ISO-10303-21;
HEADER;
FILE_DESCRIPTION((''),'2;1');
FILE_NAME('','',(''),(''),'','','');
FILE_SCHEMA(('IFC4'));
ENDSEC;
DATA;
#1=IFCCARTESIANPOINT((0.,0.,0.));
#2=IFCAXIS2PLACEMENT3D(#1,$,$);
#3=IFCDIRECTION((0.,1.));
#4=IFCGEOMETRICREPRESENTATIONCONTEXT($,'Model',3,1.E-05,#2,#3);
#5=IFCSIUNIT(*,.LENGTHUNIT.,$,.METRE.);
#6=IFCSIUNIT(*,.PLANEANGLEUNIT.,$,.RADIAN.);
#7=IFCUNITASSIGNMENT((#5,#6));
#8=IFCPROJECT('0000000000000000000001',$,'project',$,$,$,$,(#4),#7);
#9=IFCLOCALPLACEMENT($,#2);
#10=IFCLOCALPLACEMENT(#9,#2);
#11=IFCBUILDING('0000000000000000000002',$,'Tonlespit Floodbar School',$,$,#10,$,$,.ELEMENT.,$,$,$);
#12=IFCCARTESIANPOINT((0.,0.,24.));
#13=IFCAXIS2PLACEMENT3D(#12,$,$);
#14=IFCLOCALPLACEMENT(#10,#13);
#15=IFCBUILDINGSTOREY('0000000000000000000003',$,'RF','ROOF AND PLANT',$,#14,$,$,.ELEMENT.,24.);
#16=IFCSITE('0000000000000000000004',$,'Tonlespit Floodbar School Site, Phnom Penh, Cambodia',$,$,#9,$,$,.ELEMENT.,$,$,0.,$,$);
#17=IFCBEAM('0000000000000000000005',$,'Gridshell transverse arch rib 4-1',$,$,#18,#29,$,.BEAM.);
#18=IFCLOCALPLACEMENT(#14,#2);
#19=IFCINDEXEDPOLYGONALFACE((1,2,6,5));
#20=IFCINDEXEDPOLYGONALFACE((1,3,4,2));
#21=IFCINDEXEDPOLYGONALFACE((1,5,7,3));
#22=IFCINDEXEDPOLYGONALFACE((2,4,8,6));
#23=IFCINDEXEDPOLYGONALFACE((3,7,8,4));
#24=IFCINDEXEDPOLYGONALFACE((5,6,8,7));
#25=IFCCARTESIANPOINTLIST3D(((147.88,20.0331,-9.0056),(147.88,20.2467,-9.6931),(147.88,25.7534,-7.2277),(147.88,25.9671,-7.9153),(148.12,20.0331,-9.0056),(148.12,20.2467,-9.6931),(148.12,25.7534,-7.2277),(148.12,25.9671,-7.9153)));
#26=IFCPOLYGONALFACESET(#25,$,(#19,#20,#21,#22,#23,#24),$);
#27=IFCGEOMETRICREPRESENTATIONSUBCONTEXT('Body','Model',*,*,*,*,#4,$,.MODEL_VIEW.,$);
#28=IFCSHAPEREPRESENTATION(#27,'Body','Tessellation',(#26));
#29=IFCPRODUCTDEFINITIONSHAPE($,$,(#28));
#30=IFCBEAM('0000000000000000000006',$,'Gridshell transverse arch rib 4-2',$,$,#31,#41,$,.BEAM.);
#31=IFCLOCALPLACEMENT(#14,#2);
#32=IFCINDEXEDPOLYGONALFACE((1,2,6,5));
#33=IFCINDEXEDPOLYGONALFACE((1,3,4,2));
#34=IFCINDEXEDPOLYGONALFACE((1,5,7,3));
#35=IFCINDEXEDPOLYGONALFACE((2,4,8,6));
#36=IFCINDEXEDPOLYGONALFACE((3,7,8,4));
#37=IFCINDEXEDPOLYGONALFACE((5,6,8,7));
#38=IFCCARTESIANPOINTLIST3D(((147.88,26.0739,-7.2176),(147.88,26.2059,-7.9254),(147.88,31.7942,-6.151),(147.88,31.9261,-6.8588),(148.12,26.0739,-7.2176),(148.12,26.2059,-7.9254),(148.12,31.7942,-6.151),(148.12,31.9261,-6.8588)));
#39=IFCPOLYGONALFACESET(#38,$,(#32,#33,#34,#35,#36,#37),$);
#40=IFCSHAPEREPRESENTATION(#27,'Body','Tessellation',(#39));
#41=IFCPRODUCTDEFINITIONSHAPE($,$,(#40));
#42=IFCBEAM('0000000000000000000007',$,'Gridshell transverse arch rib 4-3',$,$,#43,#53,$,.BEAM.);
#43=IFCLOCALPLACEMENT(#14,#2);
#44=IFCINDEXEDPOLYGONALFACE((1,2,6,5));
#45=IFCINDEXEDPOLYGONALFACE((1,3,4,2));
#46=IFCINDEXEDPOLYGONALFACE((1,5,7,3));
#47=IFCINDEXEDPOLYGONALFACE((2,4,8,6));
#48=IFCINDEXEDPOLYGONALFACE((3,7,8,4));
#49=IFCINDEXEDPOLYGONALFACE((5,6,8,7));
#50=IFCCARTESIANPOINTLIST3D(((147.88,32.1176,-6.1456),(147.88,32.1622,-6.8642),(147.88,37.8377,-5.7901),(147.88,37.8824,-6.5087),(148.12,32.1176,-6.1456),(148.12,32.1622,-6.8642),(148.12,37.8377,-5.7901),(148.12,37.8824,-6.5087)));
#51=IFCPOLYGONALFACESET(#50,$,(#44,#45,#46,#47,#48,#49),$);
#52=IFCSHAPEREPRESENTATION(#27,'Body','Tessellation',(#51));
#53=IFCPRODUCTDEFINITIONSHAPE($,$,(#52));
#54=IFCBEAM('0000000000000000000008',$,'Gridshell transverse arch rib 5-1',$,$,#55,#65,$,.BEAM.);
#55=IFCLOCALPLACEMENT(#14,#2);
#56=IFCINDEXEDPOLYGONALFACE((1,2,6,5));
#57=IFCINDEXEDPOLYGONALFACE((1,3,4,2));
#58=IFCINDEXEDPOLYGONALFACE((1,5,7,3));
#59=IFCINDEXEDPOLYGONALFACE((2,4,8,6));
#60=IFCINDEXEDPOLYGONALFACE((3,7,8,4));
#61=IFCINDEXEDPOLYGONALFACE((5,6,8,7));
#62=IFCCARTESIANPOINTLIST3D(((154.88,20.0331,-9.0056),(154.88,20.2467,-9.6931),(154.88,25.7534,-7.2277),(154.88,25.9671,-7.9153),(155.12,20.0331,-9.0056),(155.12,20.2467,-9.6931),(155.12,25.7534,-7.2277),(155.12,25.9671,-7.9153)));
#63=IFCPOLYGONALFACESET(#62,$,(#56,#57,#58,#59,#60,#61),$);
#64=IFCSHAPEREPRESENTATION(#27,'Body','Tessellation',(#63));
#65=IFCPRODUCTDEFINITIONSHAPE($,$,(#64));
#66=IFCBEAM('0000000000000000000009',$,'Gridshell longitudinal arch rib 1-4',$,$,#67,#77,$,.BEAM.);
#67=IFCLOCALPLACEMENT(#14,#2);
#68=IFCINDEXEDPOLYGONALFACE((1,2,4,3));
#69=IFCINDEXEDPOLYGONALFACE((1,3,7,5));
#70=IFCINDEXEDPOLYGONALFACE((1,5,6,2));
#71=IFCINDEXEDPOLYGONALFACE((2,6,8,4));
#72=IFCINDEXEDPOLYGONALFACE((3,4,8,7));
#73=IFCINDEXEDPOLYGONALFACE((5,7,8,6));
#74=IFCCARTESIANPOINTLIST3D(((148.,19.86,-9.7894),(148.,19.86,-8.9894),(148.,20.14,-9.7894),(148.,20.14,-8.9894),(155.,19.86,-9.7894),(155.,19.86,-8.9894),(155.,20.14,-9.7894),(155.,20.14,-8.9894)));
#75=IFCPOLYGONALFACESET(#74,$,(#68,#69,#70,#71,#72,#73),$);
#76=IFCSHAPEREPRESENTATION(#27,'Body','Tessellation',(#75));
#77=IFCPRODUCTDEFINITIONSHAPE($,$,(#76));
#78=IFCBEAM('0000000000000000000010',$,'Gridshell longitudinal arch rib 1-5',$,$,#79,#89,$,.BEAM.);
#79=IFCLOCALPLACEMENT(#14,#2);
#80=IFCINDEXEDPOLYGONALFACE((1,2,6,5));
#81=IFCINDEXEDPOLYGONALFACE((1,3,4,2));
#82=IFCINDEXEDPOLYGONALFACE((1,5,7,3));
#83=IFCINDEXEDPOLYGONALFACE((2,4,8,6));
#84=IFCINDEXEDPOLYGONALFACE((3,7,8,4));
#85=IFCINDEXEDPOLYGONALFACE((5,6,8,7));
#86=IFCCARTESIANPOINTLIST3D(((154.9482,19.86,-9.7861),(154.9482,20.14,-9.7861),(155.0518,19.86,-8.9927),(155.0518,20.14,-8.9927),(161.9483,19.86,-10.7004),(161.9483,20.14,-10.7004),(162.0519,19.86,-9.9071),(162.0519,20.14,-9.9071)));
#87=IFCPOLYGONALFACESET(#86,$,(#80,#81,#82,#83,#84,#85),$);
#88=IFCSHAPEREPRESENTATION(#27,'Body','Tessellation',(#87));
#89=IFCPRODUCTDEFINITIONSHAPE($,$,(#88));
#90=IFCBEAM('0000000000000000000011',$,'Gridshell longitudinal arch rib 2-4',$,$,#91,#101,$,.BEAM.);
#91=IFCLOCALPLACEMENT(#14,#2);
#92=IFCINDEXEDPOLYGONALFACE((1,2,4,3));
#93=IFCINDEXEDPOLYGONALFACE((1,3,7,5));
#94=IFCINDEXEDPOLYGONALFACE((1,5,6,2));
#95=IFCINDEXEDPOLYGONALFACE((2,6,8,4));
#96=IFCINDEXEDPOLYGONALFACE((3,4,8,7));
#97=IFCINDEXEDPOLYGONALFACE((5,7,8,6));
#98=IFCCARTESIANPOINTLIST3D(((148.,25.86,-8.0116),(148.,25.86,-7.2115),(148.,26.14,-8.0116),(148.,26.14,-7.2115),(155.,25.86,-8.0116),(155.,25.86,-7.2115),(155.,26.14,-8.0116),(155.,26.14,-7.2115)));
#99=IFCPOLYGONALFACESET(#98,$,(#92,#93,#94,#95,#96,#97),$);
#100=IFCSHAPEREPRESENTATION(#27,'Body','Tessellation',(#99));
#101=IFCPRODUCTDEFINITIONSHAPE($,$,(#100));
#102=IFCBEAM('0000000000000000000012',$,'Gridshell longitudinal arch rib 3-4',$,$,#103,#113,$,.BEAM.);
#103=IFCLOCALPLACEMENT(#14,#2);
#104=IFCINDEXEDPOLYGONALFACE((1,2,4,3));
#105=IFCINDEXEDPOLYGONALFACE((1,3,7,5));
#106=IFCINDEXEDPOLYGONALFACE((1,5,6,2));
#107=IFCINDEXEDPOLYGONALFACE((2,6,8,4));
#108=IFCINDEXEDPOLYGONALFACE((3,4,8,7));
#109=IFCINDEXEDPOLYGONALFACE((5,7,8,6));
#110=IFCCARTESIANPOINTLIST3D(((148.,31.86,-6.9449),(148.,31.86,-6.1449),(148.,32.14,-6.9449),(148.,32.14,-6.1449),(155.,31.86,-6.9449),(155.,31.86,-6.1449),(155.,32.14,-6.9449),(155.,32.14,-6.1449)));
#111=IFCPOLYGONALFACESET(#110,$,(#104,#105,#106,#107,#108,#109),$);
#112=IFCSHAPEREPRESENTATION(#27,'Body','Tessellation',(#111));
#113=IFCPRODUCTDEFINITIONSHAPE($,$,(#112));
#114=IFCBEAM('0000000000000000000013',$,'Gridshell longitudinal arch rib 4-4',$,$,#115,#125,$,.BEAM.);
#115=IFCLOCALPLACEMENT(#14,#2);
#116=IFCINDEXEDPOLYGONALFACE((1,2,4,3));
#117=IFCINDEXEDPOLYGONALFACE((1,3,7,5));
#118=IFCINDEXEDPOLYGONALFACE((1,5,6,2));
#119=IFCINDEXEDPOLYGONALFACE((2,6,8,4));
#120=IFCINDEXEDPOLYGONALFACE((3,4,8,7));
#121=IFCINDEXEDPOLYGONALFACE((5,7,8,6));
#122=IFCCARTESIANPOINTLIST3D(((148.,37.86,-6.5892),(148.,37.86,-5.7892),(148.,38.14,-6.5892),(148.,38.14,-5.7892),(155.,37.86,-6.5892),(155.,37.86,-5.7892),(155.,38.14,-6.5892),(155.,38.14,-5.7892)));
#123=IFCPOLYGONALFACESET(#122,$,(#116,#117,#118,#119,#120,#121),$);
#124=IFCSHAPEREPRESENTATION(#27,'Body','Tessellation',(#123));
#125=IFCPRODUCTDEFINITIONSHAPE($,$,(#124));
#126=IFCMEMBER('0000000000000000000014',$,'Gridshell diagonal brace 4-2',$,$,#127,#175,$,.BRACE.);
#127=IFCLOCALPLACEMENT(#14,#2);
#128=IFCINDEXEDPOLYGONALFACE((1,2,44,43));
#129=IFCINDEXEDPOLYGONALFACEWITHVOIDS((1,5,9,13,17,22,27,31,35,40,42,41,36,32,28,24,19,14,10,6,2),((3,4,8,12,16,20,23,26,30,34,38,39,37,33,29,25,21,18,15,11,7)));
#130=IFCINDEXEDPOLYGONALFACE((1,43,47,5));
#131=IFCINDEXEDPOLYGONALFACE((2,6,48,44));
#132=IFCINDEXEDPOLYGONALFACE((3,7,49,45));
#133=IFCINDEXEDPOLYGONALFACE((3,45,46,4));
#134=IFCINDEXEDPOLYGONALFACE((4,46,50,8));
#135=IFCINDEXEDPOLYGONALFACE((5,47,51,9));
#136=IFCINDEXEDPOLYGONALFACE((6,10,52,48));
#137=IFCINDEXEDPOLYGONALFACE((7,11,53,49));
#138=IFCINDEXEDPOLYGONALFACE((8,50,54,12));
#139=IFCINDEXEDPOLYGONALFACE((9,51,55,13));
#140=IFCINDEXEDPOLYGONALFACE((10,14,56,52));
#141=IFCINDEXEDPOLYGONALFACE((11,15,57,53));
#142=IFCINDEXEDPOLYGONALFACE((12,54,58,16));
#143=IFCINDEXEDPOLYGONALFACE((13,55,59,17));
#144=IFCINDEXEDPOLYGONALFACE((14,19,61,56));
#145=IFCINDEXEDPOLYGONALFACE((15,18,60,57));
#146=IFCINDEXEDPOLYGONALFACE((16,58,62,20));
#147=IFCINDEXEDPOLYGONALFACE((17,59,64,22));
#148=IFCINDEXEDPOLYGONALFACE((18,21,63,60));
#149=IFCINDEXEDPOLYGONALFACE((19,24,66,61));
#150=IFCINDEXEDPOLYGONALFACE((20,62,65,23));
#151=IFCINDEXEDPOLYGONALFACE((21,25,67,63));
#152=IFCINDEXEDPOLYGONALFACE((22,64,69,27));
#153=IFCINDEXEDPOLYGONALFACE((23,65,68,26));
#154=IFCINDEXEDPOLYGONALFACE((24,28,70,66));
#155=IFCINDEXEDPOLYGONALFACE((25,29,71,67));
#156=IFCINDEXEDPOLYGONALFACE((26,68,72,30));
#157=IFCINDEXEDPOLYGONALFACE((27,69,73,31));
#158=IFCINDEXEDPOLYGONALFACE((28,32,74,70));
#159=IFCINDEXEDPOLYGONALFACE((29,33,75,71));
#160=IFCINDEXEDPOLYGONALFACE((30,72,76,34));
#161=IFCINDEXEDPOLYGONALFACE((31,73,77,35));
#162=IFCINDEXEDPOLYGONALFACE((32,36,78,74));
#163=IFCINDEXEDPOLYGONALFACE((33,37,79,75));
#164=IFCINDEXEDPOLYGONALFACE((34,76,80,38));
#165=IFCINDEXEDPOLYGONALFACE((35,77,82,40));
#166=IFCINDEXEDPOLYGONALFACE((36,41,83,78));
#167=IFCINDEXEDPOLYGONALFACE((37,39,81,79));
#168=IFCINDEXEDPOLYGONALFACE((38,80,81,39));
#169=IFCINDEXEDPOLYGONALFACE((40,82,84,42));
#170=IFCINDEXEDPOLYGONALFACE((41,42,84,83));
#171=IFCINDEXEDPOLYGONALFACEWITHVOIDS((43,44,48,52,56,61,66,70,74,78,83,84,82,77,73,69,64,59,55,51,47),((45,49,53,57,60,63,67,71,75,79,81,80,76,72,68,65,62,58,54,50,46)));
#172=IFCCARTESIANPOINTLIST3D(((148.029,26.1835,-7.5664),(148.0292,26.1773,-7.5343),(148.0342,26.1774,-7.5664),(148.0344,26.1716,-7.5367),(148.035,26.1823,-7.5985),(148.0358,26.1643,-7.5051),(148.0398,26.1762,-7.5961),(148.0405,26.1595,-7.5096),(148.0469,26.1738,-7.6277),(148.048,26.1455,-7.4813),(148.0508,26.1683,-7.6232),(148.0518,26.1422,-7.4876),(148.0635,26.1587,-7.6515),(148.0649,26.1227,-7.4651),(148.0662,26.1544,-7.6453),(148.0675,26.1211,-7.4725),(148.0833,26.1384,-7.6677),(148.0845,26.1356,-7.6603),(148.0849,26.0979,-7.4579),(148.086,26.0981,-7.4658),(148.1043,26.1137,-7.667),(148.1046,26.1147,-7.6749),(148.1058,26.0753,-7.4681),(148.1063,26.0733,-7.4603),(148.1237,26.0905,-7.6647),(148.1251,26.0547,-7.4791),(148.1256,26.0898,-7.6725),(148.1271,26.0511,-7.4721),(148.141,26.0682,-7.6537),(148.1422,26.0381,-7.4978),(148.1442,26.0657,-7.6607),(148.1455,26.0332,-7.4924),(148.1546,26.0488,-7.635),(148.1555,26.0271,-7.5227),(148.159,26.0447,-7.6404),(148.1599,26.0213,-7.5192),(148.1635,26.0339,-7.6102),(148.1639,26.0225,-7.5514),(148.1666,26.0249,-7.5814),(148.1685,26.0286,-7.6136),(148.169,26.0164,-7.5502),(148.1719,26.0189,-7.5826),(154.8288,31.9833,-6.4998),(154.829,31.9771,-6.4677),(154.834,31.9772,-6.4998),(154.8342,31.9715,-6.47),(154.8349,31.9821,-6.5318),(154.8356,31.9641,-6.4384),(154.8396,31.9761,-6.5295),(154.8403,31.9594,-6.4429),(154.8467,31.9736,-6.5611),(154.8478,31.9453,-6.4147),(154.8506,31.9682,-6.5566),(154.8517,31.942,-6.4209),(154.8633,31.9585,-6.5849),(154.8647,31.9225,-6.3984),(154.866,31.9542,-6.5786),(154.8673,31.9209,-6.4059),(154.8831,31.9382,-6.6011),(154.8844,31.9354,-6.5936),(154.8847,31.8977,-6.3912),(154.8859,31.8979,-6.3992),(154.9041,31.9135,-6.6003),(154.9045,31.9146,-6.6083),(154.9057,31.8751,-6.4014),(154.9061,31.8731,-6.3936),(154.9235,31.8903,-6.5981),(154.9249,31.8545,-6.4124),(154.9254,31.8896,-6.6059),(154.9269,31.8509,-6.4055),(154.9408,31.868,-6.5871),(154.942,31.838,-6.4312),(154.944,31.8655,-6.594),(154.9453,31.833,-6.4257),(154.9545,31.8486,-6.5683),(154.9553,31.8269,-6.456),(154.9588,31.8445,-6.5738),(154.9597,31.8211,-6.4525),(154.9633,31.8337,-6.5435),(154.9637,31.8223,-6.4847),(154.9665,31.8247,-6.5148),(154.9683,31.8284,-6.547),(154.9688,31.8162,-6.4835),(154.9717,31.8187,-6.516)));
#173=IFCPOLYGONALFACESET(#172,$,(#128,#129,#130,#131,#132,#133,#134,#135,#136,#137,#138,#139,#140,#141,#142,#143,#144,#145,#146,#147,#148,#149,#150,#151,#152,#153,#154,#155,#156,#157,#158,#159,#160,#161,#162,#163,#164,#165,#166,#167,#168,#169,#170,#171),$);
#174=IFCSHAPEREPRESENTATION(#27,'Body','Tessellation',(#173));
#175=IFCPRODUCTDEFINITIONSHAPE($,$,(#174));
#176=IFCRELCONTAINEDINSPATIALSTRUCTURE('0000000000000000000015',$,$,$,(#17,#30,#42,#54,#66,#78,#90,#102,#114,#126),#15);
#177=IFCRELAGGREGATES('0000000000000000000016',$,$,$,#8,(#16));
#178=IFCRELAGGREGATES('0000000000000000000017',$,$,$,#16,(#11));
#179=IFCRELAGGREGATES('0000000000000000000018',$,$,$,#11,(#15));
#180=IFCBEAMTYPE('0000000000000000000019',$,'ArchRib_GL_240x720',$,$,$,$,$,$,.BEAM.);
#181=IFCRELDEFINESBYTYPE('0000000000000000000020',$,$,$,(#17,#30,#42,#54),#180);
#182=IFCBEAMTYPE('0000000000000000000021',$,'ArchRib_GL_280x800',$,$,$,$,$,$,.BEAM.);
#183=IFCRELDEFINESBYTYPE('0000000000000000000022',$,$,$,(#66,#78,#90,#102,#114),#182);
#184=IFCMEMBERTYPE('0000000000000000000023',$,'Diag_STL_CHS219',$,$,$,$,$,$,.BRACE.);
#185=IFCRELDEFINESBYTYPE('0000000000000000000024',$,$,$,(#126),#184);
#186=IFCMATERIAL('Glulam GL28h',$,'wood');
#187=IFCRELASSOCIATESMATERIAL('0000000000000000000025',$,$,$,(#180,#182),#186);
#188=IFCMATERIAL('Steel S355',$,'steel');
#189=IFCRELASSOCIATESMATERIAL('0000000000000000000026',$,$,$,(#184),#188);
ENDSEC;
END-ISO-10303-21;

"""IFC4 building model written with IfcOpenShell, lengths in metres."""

from ifc_helpers import new_model, si_unit, direction, frame, origin, origin_2d, place, context, subcontext, project, spatial, rectangle, hollow_circle, extrude, material, material_profile, profile_set, type_object, element, save


model = new_model("IFC4")

# Units and contexts
model_context = context("Model", 3, precision=1e-05, world=origin(), true_north=direction((0.0, 1.0)))
body_context = subcontext(model_context, "Body", "Model", "MODEL_VIEW")
ifc_project = project(units=[si_unit("LENGTHUNIT", "METRE"), si_unit("PLANEANGLEUNIT", "RADIAN")], contexts=[model_context])

# Site, building, storey
site_placement = place(None, origin())
site = spatial("IfcSite", under=ifc_project, at=site_placement, Name="Tonlespit Floodbar School Site, Phnom Penh, Cambodia", CompositionType="ELEMENT", RefElevation=0.0)
building_placement = place(site_placement, origin())
building = spatial("IfcBuilding", under=site, at=building_placement, Name="Tonlespit Floodbar School", CompositionType="ELEMENT")
storey_placement = place(building_placement, frame((0.0, 0.0, 24.0)))
storey = spatial("IfcBuildingStorey", under=building, at=storey_placement, Name="RF", Description="ROOF AND PLANT", CompositionType="ELEMENT", Elevation=24.0)

# Beams
ifc_material_1 = material(Name="Glulam GL28h", Category="wood")
ifc_material_profile_1 = material_profile(ifc_material_1, rectangle(XDim=0.24, YDim=0.72, at=origin_2d()), Name="GL 240x720")
ifc_profile_set_1 = profile_set([ifc_material_profile_1], Name="Glulam GL28h")
beam_type_1 = type_object("IfcBeamType", Name="ArchRib_GL_240x720", PredefinedType="BEAM", material=ifc_profile_set_1)
beam_1_placement = place(storey_placement, frame((148.0, 20.1399, -9.3494), z_axis=(0.0, 0.954942, 0.296794), x_axis=(-1.0, 0.0, 0.0)))
element("IfcBeam", 1, at=beam_1_placement, inside=storey, type_object=beam_type_1, Name="Gridshell transverse arch rib 4-1", PredefinedType="BEAM", context=body_context, shape_type="SweptSolid", body=[
    extrude(rectangle(XDim=0.24, YDim=0.72, at=origin_2d()), origin(), (0.0, 0.0, 1.0), 5.9902),
])
beam_2_placement = place(storey_placement, frame((148.0, 26.1399, -7.5715), z_axis=(0.0, 0.983055, 0.183311), x_axis=(-1.0, 0.0, 0.0)))
element("IfcBeam", 2, at=beam_2_placement, inside=storey, type_object=beam_type_1, Name="Gridshell transverse arch rib 4-2", PredefinedType="BEAM", context=body_context, shape_type="SweptSolid", body=[
    extrude(rectangle(XDim=0.24, YDim=0.72, at=origin_2d()), origin(), (0.0, 0.0, 1.0), 5.8188),
])
beam_3_placement = place(storey_placement, frame((148.0, 32.1399, -6.5049), z_axis=(0.0, 0.998075, 0.062023), x_axis=(-1.0, 0.0, 0.0)))
element("IfcBeam", 3, at=beam_3_placement, inside=storey, type_object=beam_type_1, Name="Gridshell transverse arch rib 4-3", PredefinedType="BEAM", context=body_context, shape_type="SweptSolid", body=[
    extrude(rectangle(XDim=0.24, YDim=0.72, at=origin_2d()), origin(), (0.0, 0.0, 1.0), 5.7312),
])
beam_4_placement = place(storey_placement, frame((155.0, 20.1399, -9.3494), z_axis=(0.0, 0.954942, 0.296794), x_axis=(-1.0, 0.0, 0.0)))
element("IfcBeam", 4, at=beam_4_placement, inside=storey, type_object=beam_type_1, Name="Gridshell transverse arch rib 5-1", PredefinedType="BEAM", context=body_context, shape_type="SweptSolid", body=[
    extrude(rectangle(XDim=0.24, YDim=0.72, at=origin_2d()), origin(), (0.0, 0.0, 1.0), 5.9902),
])
ifc_material_profile_2 = material_profile(ifc_material_1, rectangle(XDim=0.28, YDim=0.8, at=origin_2d()), Name="GL 280x800")
ifc_profile_set_2 = profile_set([ifc_material_profile_2], Name="Glulam GL28h")
beam_type_2 = type_object("IfcBeamType", Name="ArchRib_GL_280x800", PredefinedType="BEAM", material=ifc_profile_set_2)
beam_5_placement = place(storey_placement, frame((148.0, 20.0, -9.3894), z_axis=(1.0, 0.0, 0.0), x_axis=(0.0, 1.0, 0.0)))
element("IfcBeam", 5, at=beam_5_placement, inside=storey, type_object=beam_type_2, Name="Gridshell longitudinal arch rib 1-4", PredefinedType="BEAM", context=body_context, shape_type="SweptSolid", body=[
    extrude(rectangle(XDim=0.28, YDim=0.8, at=origin_2d()), origin(), (0.0, 0.0, 1.0), 7.0),
])
beam_6_placement = place(storey_placement, frame((155.0, 20.0, -9.3894), z_axis=(0.991577, 0.0, -0.129515), x_axis=(0.0, 1.0, 0.0)))
element("IfcBeam", 6, at=beam_6_placement, inside=storey, type_object=beam_type_2, Name="Gridshell longitudinal arch rib 1-5", PredefinedType="BEAM", context=body_context, shape_type="SweptSolid", body=[
    extrude(rectangle(XDim=0.28, YDim=0.8, at=origin_2d()), origin(), (0.0, 0.0, 1.0), 7.0596),
])
for number, where, z_axis, x_axis, name in (
    (7, (148.0, 26.0, -7.6116), (1.0, 0.0, 0.0), (0.0, 1.0, 0.0), "Gridshell longitudinal arch rib 2-4"),
    (8, (148.0, 32.0, -6.5449), (1.0, 0.0, 0.0), (0.0, 1.0, 0.0), "Gridshell longitudinal arch rib 3-4"),
    (9, (148.0, 38.0, -6.1892), (1.0, 0.0, 0.0), (0.0, 1.0, 0.0), "Gridshell longitudinal arch rib 4-4"),
):
    element("IfcBeam", number, at=place(storey_placement, frame(where, z_axis=z_axis, x_axis=x_axis)), inside=storey, type_object=beam_type_2, Name=name, PredefinedType="BEAM", context=body_context, shape_type="SweptSolid", body=[
        extrude(rectangle(XDim=0.28, YDim=0.8, at=origin_2d()), origin(), (0.0, 0.0, 1.0), 7.0),
    ])

# Member
ifc_material_2 = material(Name="Steel S355", Category="steel")
ifc_material_profile_3 = material_profile(ifc_material_2, hollow_circle(Radius=0.1096, WallThickness=0.0081, at=origin_2d()), Name="CHS 219.1x8")
ifc_profile_set_3 = profile_set([ifc_material_profile_3], Name="Steel S355")
member_type_1 = type_object("IfcMemberType", Name="Diag_STL_CHS219", PredefinedType="BRACE", material=ifc_profile_set_3)
member_1_placement = place(storey_placement, frame((148.1001, 26.1001, -7.5664), z_axis=(0.755474, 0.644372, 0.118507), x_axis=(-0.648945, 0.760836, 0.0)))
element("IfcMember", 10, at=member_1_placement, inside=storey, type_object=member_type_1, Name="Gridshell diagonal brace 4-2", PredefinedType="BRACE", context=body_context, shape_type="SweptSolid", body=[
    extrude(hollow_circle(Radius=0.1096, WallThickness=0.0081, at=origin_2d()), origin(), (0.0, 0.0, 1.0), 9.0007),
])

save(model, "model.ifc")
